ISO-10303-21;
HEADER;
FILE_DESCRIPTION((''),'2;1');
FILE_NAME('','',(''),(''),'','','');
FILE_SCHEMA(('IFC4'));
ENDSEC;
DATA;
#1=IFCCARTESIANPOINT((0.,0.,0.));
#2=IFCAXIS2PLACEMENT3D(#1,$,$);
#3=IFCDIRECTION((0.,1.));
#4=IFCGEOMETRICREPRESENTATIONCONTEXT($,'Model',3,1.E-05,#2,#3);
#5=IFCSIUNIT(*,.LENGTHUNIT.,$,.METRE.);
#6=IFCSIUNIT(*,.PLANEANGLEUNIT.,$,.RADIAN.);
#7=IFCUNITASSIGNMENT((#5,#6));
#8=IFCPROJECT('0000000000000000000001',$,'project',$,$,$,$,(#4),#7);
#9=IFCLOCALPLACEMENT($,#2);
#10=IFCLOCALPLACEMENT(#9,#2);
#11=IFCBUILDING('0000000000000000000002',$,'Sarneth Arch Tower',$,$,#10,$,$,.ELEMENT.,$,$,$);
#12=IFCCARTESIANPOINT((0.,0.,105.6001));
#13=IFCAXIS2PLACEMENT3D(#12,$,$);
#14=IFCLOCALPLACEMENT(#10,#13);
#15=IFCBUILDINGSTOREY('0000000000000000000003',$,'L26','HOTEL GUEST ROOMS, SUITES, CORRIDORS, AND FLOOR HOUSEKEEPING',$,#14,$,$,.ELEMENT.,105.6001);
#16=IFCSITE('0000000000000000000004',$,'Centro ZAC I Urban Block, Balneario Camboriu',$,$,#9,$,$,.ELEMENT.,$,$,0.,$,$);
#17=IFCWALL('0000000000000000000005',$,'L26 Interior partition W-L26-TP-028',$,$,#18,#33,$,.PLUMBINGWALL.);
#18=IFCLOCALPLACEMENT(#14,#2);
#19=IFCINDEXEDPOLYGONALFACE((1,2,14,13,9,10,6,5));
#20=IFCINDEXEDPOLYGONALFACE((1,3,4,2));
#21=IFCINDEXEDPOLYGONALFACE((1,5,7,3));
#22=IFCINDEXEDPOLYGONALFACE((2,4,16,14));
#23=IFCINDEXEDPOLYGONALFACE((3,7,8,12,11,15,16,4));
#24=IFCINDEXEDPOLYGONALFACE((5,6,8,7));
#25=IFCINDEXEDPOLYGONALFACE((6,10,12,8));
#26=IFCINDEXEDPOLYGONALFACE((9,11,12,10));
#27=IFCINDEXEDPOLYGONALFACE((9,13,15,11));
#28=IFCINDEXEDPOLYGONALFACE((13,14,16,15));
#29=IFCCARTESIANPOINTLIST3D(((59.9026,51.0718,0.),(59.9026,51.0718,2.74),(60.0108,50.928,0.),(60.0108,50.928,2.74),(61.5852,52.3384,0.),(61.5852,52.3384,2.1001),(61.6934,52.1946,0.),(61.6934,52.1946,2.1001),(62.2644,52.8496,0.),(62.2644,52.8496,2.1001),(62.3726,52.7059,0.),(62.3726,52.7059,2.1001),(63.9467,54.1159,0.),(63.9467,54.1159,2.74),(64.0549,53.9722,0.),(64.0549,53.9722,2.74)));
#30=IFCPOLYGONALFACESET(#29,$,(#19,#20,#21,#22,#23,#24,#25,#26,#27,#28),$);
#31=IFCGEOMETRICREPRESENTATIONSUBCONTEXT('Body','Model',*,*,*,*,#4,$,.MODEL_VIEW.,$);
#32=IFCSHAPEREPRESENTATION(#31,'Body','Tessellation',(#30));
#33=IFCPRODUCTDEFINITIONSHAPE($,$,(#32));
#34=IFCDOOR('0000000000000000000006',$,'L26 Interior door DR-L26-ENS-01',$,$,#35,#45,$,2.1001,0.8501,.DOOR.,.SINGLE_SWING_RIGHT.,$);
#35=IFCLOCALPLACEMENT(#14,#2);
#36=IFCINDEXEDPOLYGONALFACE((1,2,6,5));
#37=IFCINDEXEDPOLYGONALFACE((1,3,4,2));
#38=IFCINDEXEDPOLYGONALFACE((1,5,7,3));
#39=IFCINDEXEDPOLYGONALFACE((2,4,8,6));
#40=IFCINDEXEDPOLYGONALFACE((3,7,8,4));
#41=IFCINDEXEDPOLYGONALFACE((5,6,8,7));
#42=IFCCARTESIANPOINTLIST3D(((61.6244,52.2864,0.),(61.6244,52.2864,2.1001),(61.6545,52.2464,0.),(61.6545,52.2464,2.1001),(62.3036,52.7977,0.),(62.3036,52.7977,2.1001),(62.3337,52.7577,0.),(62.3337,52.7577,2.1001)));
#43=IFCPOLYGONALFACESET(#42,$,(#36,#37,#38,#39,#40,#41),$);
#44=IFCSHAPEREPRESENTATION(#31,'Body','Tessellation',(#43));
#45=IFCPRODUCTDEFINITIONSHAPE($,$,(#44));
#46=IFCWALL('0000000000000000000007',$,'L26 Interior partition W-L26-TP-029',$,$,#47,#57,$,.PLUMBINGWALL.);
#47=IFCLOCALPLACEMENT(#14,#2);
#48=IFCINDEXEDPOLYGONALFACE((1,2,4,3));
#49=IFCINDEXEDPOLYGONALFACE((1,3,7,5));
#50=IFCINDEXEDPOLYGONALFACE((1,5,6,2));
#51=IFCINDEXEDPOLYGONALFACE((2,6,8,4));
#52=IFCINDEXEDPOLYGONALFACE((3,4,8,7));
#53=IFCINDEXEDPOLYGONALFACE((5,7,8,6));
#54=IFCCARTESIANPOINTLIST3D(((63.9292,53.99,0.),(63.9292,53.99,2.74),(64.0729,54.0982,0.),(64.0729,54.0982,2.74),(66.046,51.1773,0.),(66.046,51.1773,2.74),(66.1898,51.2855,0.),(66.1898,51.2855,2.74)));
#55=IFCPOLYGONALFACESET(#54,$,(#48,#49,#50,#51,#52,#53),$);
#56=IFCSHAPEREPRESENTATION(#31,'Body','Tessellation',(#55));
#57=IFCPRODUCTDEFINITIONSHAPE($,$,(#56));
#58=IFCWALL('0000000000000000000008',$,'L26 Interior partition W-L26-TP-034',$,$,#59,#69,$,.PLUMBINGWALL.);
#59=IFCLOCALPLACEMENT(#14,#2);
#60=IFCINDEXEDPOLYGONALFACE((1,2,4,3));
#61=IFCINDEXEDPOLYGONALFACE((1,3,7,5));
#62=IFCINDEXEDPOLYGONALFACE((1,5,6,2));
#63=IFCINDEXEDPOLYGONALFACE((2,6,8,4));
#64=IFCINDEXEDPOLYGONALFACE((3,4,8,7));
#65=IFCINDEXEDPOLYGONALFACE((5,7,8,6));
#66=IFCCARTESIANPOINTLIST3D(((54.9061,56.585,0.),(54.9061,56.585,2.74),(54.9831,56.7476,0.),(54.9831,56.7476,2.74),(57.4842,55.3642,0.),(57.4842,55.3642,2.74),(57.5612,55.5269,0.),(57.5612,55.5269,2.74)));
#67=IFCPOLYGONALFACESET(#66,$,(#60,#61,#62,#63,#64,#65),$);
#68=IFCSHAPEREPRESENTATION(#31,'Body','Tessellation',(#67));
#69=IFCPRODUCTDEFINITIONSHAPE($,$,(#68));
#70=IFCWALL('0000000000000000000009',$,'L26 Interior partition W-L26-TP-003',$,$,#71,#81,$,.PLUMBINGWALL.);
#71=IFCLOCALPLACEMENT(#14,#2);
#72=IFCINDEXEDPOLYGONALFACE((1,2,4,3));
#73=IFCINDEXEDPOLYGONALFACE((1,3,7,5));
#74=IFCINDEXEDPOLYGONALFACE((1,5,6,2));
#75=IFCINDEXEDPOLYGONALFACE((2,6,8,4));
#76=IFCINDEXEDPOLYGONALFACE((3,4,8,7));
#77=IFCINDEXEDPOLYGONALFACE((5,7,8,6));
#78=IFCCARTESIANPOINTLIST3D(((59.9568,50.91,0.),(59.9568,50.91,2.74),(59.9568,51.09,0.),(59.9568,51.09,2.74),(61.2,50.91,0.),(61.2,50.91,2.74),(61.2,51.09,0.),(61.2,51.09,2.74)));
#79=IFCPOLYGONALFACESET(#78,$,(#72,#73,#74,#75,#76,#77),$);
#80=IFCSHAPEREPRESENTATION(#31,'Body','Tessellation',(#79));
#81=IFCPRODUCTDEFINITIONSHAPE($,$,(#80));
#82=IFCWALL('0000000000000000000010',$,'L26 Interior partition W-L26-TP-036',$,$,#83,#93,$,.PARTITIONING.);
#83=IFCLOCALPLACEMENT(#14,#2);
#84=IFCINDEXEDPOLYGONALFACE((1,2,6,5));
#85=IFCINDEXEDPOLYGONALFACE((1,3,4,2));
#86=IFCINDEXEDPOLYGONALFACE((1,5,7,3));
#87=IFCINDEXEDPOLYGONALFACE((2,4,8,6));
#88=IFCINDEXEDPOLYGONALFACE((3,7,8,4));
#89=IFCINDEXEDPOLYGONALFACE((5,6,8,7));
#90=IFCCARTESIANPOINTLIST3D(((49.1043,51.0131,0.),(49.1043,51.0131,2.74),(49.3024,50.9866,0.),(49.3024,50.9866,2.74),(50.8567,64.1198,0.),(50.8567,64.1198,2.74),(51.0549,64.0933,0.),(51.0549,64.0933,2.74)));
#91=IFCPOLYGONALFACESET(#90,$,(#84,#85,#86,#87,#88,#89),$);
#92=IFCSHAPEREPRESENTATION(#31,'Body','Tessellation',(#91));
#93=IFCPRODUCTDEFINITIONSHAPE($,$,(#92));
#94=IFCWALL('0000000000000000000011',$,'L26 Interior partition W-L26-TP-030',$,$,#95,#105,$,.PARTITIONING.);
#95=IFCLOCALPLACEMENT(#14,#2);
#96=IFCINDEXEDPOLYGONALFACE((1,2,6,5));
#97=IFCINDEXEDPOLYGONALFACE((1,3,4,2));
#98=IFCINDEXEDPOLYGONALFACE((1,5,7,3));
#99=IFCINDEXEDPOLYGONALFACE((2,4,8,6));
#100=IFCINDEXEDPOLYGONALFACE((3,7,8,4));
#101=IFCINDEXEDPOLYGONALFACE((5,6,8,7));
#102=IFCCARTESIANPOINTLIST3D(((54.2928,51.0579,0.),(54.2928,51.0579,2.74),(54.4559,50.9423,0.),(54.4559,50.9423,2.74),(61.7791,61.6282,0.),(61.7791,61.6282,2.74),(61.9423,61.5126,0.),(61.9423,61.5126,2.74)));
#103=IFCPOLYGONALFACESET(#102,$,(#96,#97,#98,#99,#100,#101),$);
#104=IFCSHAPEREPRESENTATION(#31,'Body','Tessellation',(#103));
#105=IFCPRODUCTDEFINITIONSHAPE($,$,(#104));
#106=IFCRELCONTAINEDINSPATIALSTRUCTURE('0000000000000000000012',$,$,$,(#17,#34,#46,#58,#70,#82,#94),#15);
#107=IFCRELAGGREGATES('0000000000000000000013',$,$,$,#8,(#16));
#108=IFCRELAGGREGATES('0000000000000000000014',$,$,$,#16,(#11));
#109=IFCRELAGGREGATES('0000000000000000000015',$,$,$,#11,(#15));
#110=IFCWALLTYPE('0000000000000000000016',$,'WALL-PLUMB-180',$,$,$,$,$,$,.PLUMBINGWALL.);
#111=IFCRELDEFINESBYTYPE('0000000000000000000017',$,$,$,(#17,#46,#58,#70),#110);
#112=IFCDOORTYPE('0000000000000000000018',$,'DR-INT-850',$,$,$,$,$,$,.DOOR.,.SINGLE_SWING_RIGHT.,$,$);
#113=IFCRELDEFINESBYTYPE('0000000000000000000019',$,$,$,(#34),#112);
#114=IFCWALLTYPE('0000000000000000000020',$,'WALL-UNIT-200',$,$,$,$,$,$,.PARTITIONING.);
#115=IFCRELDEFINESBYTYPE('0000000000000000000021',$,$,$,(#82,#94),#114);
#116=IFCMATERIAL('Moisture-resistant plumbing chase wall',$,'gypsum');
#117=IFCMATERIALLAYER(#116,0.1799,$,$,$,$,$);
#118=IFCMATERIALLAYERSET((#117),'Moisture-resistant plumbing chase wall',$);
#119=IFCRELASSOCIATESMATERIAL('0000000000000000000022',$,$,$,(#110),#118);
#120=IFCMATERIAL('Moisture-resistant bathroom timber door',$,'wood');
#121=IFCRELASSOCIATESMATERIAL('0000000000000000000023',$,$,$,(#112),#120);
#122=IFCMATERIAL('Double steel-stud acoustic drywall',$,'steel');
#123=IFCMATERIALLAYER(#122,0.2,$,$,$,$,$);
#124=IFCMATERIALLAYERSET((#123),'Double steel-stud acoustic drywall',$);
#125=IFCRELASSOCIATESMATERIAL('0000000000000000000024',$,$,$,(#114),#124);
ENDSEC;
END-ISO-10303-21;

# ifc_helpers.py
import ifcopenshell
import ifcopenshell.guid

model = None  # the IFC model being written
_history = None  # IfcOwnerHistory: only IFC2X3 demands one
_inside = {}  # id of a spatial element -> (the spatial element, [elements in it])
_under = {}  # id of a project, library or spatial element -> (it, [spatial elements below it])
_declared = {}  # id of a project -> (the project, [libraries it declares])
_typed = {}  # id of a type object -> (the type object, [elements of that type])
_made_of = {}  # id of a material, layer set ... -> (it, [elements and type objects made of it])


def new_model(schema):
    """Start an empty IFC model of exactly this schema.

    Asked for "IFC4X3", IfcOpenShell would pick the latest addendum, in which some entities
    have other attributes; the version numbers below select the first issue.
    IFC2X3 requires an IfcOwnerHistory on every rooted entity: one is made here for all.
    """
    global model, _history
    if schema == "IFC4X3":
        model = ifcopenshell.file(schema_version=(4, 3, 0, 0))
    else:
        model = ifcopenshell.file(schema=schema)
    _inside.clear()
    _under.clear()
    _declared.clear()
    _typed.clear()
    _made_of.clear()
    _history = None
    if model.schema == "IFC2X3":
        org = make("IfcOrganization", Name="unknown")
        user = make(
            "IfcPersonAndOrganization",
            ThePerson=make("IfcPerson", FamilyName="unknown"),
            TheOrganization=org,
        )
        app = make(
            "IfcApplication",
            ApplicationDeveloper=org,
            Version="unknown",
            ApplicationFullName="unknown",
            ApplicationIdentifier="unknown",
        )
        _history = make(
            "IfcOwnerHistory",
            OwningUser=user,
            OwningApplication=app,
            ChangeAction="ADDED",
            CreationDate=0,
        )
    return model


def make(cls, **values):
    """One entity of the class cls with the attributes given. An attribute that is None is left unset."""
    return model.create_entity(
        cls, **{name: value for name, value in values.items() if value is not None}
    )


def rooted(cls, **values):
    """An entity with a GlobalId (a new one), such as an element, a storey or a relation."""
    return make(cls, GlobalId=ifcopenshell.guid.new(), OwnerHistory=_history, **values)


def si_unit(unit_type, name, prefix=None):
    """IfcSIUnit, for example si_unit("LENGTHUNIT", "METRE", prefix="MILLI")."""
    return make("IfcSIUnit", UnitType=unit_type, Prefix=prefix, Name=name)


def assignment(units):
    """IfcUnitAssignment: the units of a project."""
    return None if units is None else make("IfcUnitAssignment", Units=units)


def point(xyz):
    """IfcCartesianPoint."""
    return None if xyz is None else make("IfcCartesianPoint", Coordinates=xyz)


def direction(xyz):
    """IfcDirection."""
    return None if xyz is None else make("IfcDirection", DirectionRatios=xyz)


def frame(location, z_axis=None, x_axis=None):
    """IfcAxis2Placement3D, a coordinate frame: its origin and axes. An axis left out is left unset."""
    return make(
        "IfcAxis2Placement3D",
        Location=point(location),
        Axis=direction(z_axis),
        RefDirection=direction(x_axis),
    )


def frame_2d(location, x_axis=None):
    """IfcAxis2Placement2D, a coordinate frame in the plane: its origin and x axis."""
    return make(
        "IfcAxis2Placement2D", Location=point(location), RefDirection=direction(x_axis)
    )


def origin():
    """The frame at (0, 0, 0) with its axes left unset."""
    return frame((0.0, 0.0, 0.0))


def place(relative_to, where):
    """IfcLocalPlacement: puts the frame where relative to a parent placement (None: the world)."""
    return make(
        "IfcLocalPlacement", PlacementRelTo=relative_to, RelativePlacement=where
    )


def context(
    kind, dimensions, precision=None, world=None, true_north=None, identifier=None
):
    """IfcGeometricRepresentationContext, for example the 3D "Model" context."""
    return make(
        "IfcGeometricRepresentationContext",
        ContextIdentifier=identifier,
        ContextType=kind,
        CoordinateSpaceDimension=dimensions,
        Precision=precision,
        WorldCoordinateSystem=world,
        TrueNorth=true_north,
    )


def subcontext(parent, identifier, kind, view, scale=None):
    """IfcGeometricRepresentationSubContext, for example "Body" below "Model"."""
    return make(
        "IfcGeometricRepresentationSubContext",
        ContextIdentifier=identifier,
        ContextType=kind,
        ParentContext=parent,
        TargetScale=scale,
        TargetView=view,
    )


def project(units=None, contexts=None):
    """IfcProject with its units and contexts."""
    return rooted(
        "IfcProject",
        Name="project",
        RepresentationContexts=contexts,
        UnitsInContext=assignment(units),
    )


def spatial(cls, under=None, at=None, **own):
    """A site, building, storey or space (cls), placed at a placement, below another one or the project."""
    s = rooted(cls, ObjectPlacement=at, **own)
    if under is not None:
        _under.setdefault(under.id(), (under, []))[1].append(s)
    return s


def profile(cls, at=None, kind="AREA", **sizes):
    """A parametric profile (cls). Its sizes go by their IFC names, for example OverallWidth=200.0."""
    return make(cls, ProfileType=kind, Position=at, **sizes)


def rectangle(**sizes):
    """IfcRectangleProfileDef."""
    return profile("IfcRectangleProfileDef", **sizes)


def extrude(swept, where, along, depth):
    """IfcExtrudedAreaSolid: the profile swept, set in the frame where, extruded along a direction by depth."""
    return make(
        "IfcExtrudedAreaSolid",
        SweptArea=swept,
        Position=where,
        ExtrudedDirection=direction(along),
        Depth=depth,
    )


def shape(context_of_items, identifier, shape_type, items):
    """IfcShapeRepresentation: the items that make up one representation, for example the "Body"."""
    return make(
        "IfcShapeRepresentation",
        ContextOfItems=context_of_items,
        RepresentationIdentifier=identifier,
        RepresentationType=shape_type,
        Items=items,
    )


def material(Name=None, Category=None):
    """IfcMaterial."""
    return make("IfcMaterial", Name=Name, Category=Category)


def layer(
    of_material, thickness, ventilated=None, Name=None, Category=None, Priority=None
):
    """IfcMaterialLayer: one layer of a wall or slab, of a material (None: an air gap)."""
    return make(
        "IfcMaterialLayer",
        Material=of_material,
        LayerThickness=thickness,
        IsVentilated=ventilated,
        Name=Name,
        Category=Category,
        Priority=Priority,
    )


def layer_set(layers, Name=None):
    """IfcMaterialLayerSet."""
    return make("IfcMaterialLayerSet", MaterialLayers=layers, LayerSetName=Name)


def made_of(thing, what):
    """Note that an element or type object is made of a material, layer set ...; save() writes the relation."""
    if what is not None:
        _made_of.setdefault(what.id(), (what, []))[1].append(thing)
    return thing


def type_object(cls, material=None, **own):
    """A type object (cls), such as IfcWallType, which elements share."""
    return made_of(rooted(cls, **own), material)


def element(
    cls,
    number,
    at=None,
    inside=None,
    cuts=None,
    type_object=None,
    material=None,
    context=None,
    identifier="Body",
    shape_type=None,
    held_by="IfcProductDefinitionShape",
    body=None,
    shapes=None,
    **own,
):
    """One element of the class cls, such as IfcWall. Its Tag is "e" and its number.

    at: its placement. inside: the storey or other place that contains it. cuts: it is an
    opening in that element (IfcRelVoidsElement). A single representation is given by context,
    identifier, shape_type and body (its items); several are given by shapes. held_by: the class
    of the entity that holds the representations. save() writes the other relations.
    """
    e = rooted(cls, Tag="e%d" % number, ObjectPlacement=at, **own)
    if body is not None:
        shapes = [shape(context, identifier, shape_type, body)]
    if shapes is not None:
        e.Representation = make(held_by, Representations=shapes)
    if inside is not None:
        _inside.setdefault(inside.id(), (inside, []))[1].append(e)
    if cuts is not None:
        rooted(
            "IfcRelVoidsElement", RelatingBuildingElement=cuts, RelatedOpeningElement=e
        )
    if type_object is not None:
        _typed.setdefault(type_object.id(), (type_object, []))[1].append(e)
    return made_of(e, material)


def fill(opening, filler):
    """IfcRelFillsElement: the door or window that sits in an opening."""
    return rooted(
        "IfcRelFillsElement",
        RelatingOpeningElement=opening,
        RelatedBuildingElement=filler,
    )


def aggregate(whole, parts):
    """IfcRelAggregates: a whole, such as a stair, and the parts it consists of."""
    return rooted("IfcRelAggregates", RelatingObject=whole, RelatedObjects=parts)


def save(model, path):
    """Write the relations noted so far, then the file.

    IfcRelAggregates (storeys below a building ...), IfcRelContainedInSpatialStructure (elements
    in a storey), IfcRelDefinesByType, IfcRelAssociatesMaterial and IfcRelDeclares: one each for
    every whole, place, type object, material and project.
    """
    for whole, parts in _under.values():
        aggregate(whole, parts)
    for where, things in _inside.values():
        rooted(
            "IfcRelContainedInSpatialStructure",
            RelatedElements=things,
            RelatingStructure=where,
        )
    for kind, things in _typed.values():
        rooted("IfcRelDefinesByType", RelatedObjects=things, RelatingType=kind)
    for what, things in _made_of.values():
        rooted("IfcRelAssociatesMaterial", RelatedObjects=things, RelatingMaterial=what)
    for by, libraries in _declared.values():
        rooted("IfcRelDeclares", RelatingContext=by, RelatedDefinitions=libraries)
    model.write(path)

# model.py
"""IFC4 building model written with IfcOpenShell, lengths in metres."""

from ifc_helpers import new_model, si_unit, direction, frame, frame_2d, origin, place, context, subcontext, project, spatial, rectangle, extrude, material, layer, layer_set, type_object, element, fill, save


model = new_model("IFC4")

# Units and contexts
model_context = context("Model", 3, precision=1e-05, world=origin(), true_north=direction((0.0, 1.0)))
body_context = subcontext(model_context, "Body", "Model", "MODEL_VIEW")
ifc_project = project(units=[si_unit("LENGTHUNIT", "METRE"), si_unit("PLANEANGLEUNIT", "RADIAN")], contexts=[model_context])

# Site, building, storey
site_placement = place(None, origin())
site = spatial("IfcSite", under=ifc_project, at=site_placement, Name="Centro ZAC I Urban Block, Balneario Camboriu", CompositionType="ELEMENT", RefElevation=0.0)
building_placement = place(site_placement, origin())
building = spatial("IfcBuilding", under=site, at=building_placement, Name="Sarneth Arch Tower", CompositionType="ELEMENT")
storey_placement = place(building_placement, frame((0.0, 0.0, 105.6001)))
storey = spatial("IfcBuildingStorey", under=building, at=storey_placement, Name="L26", Description="HOTEL GUEST ROOMS, SUITES, CORRIDORS, AND FLOOR HOUSEKEEPING", CompositionType="ELEMENT", Elevation=105.6001)

# Shared definitions
ifc_material_1 = material(Name="Moisture-resistant plumbing chase wall", Category="gypsum")
ifc_layer_1 = layer(ifc_material_1, 0.1799)
ifc_layer_set_1 = layer_set([ifc_layer_1], Name="Moisture-resistant plumbing chase wall")
wall_type_1 = type_object("IfcWallType", Name="WALL-PLUMB-180", PredefinedType="PLUMBINGWALL", material=ifc_layer_set_1)
ifc_material_2 = material(Name="Moisture-resistant bathroom timber door", Category="wood")
door_type_1 = type_object("IfcDoorType", Name="DR-INT-850", OperationType="SINGLE_SWING_RIGHT", PredefinedType="DOOR", material=ifc_material_2)

# Wall, opening, door
wall_1_placement = place(storey_placement, frame((59.9568, 51.0, 0.0), z_axis=(0.0, 0.0, 1.0), x_axis=(0.798951, 0.601396, 0.0)))
wall_1 = element("IfcWall", 1, at=wall_1_placement, inside=storey, type_object=wall_type_1, Name="L26 Interior partition W-L26-TP-028", PredefinedType="PLUMBINGWALL", context=body_context, shape_type="SweptSolid", body=[
    extrude(rectangle(XDim=5.0618, YDim=0.1799, at=frame_2d((2.5308, 0.0))), origin(), (0.0, 0.0, 1.0), 2.74),
])
opening_1_placement = place(wall_1_placement, frame((2.106, 0.0, 0.0)))
opening_1 = element("IfcOpeningElement", 2, at=opening_1_placement, cuts=wall_1, PredefinedType="OPENING", context=body_context, shape_type="SweptSolid", body=[
    extrude(rectangle(XDim=0.8501, YDim=2.1001, at=frame_2d((0.425, 1.05))), frame((0.0, 0.0999, 0.0), z_axis=(0.0, -1.0, 0.0), x_axis=(1.0, 0.0, 0.0)), (0.0, 0.0, 1.0), 0.2),
])
door_1_placement = place(opening_1_placement, origin())
door_1 = element("IfcDoor", 3, at=door_1_placement, inside=storey, type_object=door_type_1, Name="L26 Interior door DR-L26-ENS-01", OperationType="SINGLE_SWING_RIGHT", OverallHeight=2.1001, OverallWidth=0.8501, PredefinedType="DOOR", context=body_context, shape_type="SweptSolid", body=[
    extrude(rectangle(XDim=0.8501, YDim=2.1001, at=frame_2d((0.425, 1.05))), frame((0.0, 0.0249, 0.0), z_axis=(0.0, -1.0, 0.0), x_axis=(1.0, 0.0, 0.0)), (0.0, 0.0, 1.0), 0.05),
])
fill(opening_1, door_1)

# Walls
wall_2_placement = place(storey_placement, frame((64.001, 54.0442, 0.0), z_axis=(0.0, 0.0, 1.0), x_axis=(0.601342, -0.798992, 0.0)))
element("IfcWall", 4, at=wall_2_placement, inside=storey, type_object=wall_type_1, Name="L26 Interior partition W-L26-TP-029", PredefinedType="PLUMBINGWALL", context=body_context, shape_type="SweptSolid", body=[
    extrude(rectangle(XDim=3.5203, YDim=0.1799, at=frame_2d((1.7603, 0.0))), origin(), (0.0, 0.0, 1.0), 2.74),
])
wall_3_placement = place(storey_placement, frame((57.5227, 55.4456, 0.0), z_axis=(0.0, 0.0, 1.0), x_axis=(-0.903808, 0.427939, 0.0)))
element("IfcWall", 5, at=wall_3_placement, inside=storey, type_object=wall_type_1, Name="L26 Interior partition W-L26-TP-034", PredefinedType="PLUMBINGWALL", context=body_context, shape_type="SweptSolid", body=[
    extrude(rectangle(XDim=2.8525, YDim=0.1799, at=frame_2d((1.4263, 0.0))), origin(), (0.0, 0.0, 1.0), 2.74),
])
wall_4_placement = place(storey_placement, frame((61.2, 51.0, 0.0), z_axis=(0.0, 0.0, 1.0), x_axis=(-1.0, 0.0, 0.0)))
element("IfcWall", 6, at=wall_4_placement, inside=storey, type_object=wall_type_1, Name="L26 Interior partition W-L26-TP-003", PredefinedType="PLUMBINGWALL", context=body_context, shape_type="SweptSolid", body=[
    extrude(rectangle(XDim=1.2432, YDim=0.1799, at=frame_2d((0.6216, 0.0))), origin(), (0.0, 0.0, 1.0), 2.74),
])
ifc_material_3 = material(Name="Double steel-stud acoustic drywall", Category="steel")
ifc_layer_2 = layer(ifc_material_3, 0.2)
ifc_layer_set_2 = layer_set([ifc_layer_2], Name="Double steel-stud acoustic drywall")
wall_type_2 = type_object("IfcWallType", Name="WALL-UNIT-200", PredefinedType="PARTITIONING", material=ifc_layer_set_2)
wall_5_placement = place(storey_placement, frame((50.9558, 64.1067, 0.0), z_axis=(0.0, 0.0, 1.0), x_axis=(-0.132527, -0.991179, 0.0)))
element("IfcWall", 7, at=wall_5_placement, inside=storey, type_object=wall_type_2, Name="L26 Interior partition W-L26-TP-036", PredefinedType="PARTITIONING", context=body_context, shape_type="SweptSolid", body=[
    extrude(rectangle(XDim=13.2234, YDim=0.2, at=frame_2d((6.6118, 0.0))), origin(), (0.0, 0.0, 1.0), 2.74),
])
wall_6_placement = place(storey_placement, frame((54.3743, 51.0, 0.0), z_axis=(0.0, 0.0, 1.0), x_axis=(0.577967, 0.81606, 0.0)))
element("IfcWall", 8, at=wall_6_placement, inside=storey, type_object=wall_type_2, Name="L26 Interior partition W-L26-TP-030", PredefinedType="PARTITIONING", context=body_context, shape_type="SweptSolid", body=[
    extrude(rectangle(XDim=12.9529, YDim=0.2, at=frame_2d((6.4766, 0.0))), origin(), (0.0, 0.0, 1.0), 2.74),
])

save(model, "model.ifc")
